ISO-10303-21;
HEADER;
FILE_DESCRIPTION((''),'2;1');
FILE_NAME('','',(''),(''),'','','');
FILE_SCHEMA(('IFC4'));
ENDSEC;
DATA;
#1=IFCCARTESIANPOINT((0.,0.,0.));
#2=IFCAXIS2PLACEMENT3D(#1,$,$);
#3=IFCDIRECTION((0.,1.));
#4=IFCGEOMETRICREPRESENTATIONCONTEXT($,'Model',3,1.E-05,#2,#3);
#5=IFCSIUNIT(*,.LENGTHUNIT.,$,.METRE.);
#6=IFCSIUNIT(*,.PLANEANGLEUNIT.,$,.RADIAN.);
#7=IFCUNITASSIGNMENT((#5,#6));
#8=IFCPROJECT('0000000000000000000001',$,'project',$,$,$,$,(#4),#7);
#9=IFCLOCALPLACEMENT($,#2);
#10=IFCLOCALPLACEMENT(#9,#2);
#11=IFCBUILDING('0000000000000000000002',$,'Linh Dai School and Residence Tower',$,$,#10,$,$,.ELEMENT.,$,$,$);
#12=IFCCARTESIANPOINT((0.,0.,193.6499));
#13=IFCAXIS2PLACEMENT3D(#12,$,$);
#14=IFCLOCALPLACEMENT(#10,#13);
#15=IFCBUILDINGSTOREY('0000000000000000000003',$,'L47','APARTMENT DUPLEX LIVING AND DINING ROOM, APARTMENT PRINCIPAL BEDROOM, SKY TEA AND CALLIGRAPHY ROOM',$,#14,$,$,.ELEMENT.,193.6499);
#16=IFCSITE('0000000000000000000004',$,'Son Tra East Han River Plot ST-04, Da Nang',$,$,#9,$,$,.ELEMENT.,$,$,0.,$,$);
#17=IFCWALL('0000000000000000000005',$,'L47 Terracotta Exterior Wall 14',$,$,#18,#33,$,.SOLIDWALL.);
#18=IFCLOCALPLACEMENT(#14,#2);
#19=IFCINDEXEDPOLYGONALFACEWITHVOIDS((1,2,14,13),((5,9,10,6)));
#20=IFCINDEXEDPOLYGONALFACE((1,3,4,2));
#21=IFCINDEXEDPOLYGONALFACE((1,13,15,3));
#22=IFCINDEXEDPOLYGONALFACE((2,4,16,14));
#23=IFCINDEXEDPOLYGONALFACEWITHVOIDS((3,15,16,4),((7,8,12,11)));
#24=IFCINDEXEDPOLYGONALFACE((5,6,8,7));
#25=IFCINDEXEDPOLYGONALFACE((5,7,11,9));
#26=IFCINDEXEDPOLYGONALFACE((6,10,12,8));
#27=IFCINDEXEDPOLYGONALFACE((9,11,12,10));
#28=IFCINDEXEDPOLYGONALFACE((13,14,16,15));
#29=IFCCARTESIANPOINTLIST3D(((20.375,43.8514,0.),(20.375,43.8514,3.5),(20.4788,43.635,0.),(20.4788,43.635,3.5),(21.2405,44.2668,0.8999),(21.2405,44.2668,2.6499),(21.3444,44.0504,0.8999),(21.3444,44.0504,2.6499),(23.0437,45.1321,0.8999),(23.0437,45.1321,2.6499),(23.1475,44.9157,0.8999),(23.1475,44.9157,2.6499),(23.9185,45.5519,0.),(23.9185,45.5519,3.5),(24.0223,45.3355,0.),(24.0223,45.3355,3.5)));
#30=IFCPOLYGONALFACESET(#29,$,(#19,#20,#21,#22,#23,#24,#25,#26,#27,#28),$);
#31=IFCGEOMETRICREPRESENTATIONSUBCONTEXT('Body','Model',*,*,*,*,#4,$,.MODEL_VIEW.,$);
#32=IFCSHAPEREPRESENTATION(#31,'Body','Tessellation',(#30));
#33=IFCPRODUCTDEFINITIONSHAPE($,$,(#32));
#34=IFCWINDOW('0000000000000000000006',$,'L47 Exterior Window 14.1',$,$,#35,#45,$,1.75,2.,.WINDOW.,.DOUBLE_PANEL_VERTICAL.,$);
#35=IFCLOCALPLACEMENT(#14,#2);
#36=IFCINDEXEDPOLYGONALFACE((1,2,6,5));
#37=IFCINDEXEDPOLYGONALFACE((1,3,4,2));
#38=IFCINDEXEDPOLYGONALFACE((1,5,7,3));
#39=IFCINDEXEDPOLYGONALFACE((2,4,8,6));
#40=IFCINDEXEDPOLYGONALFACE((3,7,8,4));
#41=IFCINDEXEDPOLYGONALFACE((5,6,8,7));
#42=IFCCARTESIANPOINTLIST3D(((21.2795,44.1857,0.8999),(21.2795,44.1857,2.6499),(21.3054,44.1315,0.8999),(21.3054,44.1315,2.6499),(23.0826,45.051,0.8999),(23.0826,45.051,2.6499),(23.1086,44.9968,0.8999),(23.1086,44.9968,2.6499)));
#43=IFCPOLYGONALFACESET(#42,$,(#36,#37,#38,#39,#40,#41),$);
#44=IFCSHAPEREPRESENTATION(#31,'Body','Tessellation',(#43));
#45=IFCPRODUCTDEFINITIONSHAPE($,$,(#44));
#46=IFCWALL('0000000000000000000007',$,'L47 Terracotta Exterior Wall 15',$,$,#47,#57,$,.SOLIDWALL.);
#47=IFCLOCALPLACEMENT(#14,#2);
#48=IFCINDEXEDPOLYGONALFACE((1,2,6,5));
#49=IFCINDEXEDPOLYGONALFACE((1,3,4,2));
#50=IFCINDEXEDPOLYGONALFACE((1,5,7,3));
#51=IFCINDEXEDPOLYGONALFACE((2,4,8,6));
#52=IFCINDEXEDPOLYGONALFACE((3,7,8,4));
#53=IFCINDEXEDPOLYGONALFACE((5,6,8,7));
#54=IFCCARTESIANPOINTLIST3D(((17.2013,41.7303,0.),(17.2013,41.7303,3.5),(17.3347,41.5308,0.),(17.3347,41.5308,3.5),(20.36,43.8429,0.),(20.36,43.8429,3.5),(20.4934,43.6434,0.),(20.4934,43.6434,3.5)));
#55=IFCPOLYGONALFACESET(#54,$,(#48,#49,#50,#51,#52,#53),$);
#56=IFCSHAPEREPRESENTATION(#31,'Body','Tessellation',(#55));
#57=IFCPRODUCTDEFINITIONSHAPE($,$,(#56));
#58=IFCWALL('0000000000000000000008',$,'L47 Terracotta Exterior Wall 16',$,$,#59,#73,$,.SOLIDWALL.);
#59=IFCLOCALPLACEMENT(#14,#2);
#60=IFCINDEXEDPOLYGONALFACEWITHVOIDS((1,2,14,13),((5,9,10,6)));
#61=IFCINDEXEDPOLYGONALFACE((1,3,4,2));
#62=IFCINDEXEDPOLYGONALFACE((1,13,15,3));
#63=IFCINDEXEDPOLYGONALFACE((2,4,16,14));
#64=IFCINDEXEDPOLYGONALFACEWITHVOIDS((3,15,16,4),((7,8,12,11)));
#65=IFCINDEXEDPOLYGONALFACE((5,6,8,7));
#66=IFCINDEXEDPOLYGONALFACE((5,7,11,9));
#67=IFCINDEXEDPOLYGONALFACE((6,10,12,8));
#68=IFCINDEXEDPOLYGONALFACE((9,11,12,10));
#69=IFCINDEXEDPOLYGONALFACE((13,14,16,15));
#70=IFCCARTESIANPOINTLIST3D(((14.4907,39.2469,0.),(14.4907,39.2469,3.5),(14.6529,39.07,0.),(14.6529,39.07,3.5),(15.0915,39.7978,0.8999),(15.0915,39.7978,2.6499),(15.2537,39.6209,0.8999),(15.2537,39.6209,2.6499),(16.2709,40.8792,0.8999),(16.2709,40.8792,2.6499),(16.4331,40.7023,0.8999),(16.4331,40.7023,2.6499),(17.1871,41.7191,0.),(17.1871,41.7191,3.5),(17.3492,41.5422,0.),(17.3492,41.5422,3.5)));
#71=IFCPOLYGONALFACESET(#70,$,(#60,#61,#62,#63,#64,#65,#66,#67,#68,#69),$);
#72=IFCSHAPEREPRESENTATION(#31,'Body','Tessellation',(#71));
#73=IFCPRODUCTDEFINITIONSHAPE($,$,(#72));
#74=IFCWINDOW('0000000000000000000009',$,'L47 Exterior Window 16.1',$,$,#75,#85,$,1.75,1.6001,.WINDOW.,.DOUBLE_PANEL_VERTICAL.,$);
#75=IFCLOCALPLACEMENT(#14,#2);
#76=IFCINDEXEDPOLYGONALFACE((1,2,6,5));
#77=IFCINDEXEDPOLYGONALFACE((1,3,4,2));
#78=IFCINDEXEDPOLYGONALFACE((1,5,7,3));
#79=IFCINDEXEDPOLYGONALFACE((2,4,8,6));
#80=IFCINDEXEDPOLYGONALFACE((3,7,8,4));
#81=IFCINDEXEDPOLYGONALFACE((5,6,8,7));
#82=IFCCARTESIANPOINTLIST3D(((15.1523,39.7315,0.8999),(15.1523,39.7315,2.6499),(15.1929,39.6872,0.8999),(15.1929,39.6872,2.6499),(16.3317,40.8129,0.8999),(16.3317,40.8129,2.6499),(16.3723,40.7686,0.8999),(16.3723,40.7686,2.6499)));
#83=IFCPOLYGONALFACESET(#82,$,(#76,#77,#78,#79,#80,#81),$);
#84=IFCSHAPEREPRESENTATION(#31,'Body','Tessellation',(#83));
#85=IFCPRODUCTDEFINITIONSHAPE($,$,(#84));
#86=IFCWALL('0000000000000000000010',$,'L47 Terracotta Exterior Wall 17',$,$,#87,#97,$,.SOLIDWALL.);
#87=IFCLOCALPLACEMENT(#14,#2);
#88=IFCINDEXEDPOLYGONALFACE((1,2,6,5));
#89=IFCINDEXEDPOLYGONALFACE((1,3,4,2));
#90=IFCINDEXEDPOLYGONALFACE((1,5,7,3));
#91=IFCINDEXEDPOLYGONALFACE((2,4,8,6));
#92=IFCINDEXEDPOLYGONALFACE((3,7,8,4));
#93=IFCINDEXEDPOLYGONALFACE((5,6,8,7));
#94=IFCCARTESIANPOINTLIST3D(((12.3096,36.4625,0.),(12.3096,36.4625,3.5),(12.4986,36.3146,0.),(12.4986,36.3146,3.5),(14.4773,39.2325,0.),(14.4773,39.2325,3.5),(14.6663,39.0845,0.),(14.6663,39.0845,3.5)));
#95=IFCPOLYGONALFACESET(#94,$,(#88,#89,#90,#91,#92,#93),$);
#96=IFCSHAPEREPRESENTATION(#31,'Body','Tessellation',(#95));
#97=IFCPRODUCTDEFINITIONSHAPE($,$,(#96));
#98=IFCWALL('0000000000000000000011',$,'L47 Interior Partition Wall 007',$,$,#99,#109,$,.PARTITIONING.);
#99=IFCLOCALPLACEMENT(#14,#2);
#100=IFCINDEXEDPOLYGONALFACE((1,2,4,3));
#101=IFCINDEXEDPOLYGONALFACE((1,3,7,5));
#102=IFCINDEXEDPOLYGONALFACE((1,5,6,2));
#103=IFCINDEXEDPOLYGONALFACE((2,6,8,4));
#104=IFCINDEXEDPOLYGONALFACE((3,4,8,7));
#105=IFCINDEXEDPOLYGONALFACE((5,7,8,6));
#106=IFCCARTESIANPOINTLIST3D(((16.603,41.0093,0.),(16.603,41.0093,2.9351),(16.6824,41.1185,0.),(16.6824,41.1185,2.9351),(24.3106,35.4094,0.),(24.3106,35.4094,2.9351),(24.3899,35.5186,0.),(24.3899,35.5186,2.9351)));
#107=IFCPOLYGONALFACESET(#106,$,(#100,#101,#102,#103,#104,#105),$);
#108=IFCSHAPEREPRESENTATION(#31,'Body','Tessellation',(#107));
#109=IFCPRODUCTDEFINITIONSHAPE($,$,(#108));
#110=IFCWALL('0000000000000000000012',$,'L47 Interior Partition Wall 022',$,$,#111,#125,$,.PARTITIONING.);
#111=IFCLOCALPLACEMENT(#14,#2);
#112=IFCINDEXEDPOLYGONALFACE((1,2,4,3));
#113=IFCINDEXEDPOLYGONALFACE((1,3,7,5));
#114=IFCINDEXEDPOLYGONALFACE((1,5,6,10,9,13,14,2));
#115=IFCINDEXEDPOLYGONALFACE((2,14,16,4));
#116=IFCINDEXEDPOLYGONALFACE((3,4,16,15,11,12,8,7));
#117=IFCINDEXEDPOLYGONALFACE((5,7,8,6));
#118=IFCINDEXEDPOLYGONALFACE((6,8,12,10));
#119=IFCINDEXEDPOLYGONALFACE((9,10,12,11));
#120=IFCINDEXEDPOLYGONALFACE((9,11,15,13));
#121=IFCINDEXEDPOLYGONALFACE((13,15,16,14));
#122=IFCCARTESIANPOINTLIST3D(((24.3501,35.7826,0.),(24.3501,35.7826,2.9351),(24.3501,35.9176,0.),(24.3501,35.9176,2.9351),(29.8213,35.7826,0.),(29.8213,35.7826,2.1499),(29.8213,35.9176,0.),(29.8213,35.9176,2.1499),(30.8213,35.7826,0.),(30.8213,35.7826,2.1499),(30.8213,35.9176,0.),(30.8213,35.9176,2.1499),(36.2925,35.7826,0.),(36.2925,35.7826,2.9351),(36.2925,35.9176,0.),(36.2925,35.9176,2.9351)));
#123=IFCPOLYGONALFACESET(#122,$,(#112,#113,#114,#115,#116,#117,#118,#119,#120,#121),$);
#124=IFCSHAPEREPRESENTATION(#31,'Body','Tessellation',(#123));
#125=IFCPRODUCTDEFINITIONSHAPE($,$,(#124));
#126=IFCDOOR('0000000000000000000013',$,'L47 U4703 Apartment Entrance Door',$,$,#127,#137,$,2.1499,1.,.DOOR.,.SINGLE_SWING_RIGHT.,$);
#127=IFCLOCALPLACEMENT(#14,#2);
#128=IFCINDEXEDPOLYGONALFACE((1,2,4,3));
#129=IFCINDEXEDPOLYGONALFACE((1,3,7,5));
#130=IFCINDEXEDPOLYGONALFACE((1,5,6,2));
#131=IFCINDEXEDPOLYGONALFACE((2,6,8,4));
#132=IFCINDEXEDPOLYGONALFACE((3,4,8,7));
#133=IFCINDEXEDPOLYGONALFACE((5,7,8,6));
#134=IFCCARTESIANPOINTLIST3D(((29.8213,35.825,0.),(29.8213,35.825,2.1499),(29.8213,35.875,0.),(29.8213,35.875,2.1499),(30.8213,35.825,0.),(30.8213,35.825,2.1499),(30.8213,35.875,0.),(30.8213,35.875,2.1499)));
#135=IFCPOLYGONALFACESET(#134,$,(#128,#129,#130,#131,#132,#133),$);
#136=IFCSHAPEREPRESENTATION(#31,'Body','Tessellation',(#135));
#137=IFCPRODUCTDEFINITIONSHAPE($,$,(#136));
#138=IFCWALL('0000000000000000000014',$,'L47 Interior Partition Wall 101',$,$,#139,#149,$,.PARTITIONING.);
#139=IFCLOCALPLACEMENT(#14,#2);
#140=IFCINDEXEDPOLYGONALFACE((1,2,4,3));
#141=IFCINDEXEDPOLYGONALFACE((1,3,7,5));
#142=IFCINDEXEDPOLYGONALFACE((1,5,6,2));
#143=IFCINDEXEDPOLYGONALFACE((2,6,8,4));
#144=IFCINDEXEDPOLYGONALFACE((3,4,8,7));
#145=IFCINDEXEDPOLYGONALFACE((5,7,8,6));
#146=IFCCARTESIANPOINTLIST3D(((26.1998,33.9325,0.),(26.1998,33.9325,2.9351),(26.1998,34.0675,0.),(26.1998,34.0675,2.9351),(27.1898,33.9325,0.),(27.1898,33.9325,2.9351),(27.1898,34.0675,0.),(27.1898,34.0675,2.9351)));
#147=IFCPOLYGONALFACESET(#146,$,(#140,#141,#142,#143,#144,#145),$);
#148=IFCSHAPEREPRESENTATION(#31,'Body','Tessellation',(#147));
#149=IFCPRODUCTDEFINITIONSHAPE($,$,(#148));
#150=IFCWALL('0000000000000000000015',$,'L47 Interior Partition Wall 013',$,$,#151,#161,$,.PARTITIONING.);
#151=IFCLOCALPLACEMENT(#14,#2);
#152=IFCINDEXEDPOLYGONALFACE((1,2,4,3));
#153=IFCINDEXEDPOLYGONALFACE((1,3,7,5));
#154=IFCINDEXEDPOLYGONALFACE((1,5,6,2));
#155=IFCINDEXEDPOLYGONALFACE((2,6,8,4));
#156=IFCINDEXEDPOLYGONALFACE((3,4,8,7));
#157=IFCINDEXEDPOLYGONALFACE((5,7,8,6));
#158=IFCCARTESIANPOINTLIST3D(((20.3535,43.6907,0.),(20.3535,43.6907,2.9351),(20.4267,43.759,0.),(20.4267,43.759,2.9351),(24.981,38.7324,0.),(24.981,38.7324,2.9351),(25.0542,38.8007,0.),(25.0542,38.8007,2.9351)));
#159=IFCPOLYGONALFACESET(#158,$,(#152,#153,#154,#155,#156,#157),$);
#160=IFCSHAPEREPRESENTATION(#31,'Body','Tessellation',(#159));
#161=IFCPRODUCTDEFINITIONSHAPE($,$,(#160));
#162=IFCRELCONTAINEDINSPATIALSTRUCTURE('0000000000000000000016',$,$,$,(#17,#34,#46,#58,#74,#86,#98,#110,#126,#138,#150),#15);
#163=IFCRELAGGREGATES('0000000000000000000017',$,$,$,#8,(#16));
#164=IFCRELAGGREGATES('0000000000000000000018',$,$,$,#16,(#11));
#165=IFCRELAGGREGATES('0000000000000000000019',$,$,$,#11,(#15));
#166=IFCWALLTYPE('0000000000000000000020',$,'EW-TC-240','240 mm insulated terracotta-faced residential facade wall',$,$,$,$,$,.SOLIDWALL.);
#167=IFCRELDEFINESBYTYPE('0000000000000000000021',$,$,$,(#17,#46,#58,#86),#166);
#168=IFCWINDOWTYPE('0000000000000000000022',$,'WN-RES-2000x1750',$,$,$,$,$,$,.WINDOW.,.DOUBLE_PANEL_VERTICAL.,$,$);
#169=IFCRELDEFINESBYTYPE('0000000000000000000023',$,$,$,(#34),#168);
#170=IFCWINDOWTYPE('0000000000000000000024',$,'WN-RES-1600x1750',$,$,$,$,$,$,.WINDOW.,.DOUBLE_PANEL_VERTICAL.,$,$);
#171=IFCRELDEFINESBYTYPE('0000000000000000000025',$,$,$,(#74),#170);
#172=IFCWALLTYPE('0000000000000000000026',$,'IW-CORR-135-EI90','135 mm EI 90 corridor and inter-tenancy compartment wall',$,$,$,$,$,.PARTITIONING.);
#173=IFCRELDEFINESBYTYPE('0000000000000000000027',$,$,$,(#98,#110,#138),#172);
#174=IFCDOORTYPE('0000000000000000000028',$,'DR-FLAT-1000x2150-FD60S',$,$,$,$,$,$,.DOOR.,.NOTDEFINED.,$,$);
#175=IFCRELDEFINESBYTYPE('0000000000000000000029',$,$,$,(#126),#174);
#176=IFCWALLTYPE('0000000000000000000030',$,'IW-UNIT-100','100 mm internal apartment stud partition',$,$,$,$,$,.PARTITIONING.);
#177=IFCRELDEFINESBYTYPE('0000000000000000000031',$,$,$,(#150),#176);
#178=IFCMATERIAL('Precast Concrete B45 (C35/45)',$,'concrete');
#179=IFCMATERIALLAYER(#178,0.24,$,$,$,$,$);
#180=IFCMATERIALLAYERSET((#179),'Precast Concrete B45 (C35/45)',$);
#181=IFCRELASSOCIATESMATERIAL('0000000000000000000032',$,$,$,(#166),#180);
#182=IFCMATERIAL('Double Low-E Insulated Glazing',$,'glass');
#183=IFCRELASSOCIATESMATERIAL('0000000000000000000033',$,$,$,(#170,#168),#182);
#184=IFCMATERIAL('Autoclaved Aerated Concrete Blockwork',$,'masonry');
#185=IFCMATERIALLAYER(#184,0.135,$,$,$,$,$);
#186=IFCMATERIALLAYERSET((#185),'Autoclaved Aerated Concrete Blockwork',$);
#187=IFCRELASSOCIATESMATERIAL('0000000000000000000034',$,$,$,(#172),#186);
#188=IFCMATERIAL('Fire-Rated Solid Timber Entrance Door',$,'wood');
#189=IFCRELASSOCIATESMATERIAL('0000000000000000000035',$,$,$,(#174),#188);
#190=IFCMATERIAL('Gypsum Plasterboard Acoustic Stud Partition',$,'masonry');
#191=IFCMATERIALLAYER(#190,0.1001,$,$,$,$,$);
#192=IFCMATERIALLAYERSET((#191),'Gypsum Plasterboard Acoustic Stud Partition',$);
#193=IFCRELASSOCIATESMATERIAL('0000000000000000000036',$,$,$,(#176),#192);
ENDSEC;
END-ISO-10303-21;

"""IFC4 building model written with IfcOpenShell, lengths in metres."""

from ifc_helpers import new_model, si_unit, direction, frame, frame_2d, origin, origin_2d, place, context, subcontext, project, spatial, rectangle, extrude, source, transform, mapped, material, layer, layer_set, type_object, element, fill, save


model = new_model("IFC4")

# Units and contexts
model_context = context("Model", 3, precision=1e-05, world=origin(), true_north=direction((0.0, 1.0)))
body_context = subcontext(model_context, "Body", "Model", "MODEL_VIEW")
ifc_project = project(units=[si_unit("LENGTHUNIT", "METRE"), si_unit("PLANEANGLEUNIT", "RADIAN")], contexts=[model_context])

# Site, building, storey
site_placement = place(None, origin())
site = spatial("IfcSite", under=ifc_project, at=site_placement, Name="Son Tra East Han River Plot ST-04, Da Nang", CompositionType="ELEMENT", RefElevation=0.0)
building_placement = place(site_placement, origin())
building = spatial("IfcBuilding", under=site, at=building_placement, Name="Linh Dai School and Residence Tower", CompositionType="ELEMENT")
storey_placement = place(building_placement, frame((0.0, 0.0, 193.6499)))
storey = spatial("IfcBuildingStorey", under=building, at=storey_placement, Name="L47", Description="APARTMENT DUPLEX LIVING AND DINING ROOM, APARTMENT PRINCIPAL BEDROOM, SKY TEA AND CALLIGRAPHY ROOM", CompositionType="ELEMENT", Elevation=193.6499)

# Shared definitions
ifc_material_1 = material(Name="Precast Concrete B45 (C35/45)", Category="concrete")

# Wall, opening, window
ifc_layer_1 = layer(ifc_material_1, 0.24)
ifc_layer_set_1 = layer_set([ifc_layer_1], Name="Precast Concrete B45 (C35/45)")
wall_type_1 = type_object("IfcWallType", Name="EW-TC-240", Description="240 mm insulated terracotta-faced residential facade wall", PredefinedType="SOLIDWALL", material=ifc_layer_set_1)
ifc_material_2 = material(Name="Double Low-E Insulated Glazing", Category="glass")
window_type_1 = type_object("IfcWindowType", Name="WN-RES-1600x1750", PartitioningType="DOUBLE_PANEL_VERTICAL", PredefinedType="WINDOW", material=ifc_material_2)
shared_shape_1 = source(origin(), body_context, "Body", "SweptSolid", [
    extrude(rectangle(XDim=1.6001, YDim=1.75, at=origin_2d()), frame((0.8, 0.03, 0.875), z_axis=(0.0, -1.0, 0.0), x_axis=(1.0, 0.0, 0.0)), (0.0, 0.0, 1.0), 0.0601),
])
wall_1_placement = place(storey_placement, frame((20.4268, 43.7432, 0.0), z_axis=(0.0, 0.0, 1.0), x_axis=(0.901565, 0.432644, 0.0)))
wall_1 = element("IfcWall", 1, at=wall_1_placement, inside=storey, type_object=wall_type_1, Name="L47 Terracotta Exterior Wall 14", PredefinedType="SOLIDWALL", context=body_context, shape_type="SweptSolid", body=[
    extrude(rectangle(XDim=3.9304, YDim=0.24, at=frame_2d((1.9653, 0.0))), origin(), (0.0, 0.0, 1.0), 3.5),
])
opening_1_placement = place(wall_1_placement, frame((0.9602, 0.0, 0.8999)))
opening_1 = element("IfcOpeningElement", 2, at=opening_1_placement, cuts=wall_1, PredefinedType="OPENING", context=body_context, shape_type="SweptSolid", body=[
    extrude(rectangle(XDim=2.0, YDim=1.75, at=origin_2d()), frame((1.0, 0.1299, 0.875), z_axis=(0.0, -1.0, 0.0), x_axis=(1.0, 0.0, 0.0)), (0.0, 0.0, 1.0), 0.26),
])
window_type_2 = type_object("IfcWindowType", Name="WN-RES-2000x1750", PartitioningType="DOUBLE_PANEL_VERTICAL", PredefinedType="WINDOW", material=ifc_material_2)
shared_shape_2 = source(origin(), body_context, "Body", "SweptSolid", [
    extrude(rectangle(XDim=2.0, YDim=1.75, at=origin_2d()), frame((1.0, 0.03, 0.875), z_axis=(0.0, -1.0, 0.0), x_axis=(1.0, 0.0, 0.0)), (0.0, 0.0, 1.0), 0.0601),
])
window_1_placement = place(opening_1_placement, origin())
window_1 = element("IfcWindow", 3, at=window_1_placement, inside=storey, type_object=window_type_2, Name="L47 Exterior Window 14.1", OverallHeight=1.75, OverallWidth=2.0, PartitioningType="DOUBLE_PANEL_VERTICAL", PredefinedType="WINDOW", context=body_context, shape_type="MappedRepresentation", body=[
    mapped(shared_shape_2, transform((0.0, 0.0, 0.0), x_axis=(1.0, 0.0, 0.0), y_axis=(0.0, 1.0, 0.0), z_axis=(0.0, 0.0, 1.0), scale=1.0)),
])
fill(opening_1, window_1)

# Wall
wall_2_placement = place(storey_placement, frame((17.2681, 41.6306, 0.0), z_axis=(0.0, 0.0, 1.0), x_axis=(0.831229, 0.55593, 0.0)))
element("IfcWall", 4, at=wall_2_placement, inside=storey, type_object=wall_type_1, Name="L47 Terracotta Exterior Wall 15", PredefinedType="SOLIDWALL", context=body_context, shape_type="SweptSolid", body=[
    extrude(rectangle(XDim=3.8, YDim=0.24, at=frame_2d((1.8999, 0.0))), origin(), (0.0, 0.0, 1.0), 3.5),
])

# Wall, opening, window
wall_3_placement = place(storey_placement, frame((14.5718, 39.1584, 0.0), z_axis=(0.0, 0.0, 1.0), x_axis=(0.737077, 0.675809, 0.0)))
wall_3 = element("IfcWall", 5, at=wall_3_placement, inside=storey, type_object=wall_type_1, Name="L47 Terracotta Exterior Wall 16", PredefinedType="SOLIDWALL", context=body_context, shape_type="SweptSolid", body=[
    extrude(rectangle(XDim=3.6582, YDim=0.24, at=frame_2d((1.8291, 0.0))), origin(), (0.0, 0.0, 1.0), 3.5),
])
opening_2_placement = place(wall_3_placement, frame((0.8152, 0.0, 0.8999)))
opening_2 = element("IfcOpeningElement", 6, at=opening_2_placement, cuts=wall_3, PredefinedType="OPENING", context=body_context, shape_type="SweptSolid", body=[
    extrude(rectangle(XDim=1.6001, YDim=1.75, at=origin_2d()), frame((0.8, 0.1299, 0.875), z_axis=(0.0, -1.0, 0.0), x_axis=(1.0, 0.0, 0.0)), (0.0, 0.0, 1.0), 0.26),
])
window_2_placement = place(opening_2_placement, origin())
window_2 = element("IfcWindow", 7, at=window_2_placement, inside=storey, type_object=window_type_1, Name="L47 Exterior Window 16.1", OverallHeight=1.75, OverallWidth=1.6001, PartitioningType="DOUBLE_PANEL_VERTICAL", PredefinedType="WINDOW", context=body_context, shape_type="MappedRepresentation", body=[
    mapped(shared_shape_1, transform((0.0, 0.0, 0.0), x_axis=(1.0, 0.0, 0.0), y_axis=(0.0, 1.0, 0.0), z_axis=(0.0, 0.0, 1.0), scale=1.0)),
])
fill(opening_2, window_2)

# Walls
wall_4_placement = place(storey_placement, frame((12.4041, 36.3884, 0.0), z_axis=(0.0, 0.0, 1.0), x_axis=(0.616288, 0.787521, 0.0)))
element("IfcWall", 8, at=wall_4_placement, inside=storey, type_object=wall_type_1, Name="L47 Terracotta Exterior Wall 17", PredefinedType="SOLIDWALL", context=body_context, shape_type="SweptSolid", body=[
    extrude(rectangle(XDim=3.5173, YDim=0.24, at=frame_2d((1.7588, 0.0))), origin(), (0.0, 0.0, 1.0), 3.5),
])
ifc_material_3 = material(Name="Autoclaved Aerated Concrete Blockwork", Category="masonry")
ifc_layer_2 = layer(ifc_material_3, 0.135)
ifc_layer_set_2 = layer_set([ifc_layer_2], Name="Autoclaved Aerated Concrete Blockwork")
wall_type_2 = type_object("IfcWallType", Name="IW-CORR-135-EI90", Description="135 mm EI 90 corridor and inter-tenancy compartment wall", PredefinedType="PARTITIONING", material=ifc_layer_set_2)
wall_5_placement = place(storey_placement, frame((16.6426, 41.064, 0.0), z_axis=(0.0, 0.0, 1.0), x_axis=(0.809016, -0.587786, 0.0)))
element("IfcWall", 9, at=wall_5_placement, inside=storey, type_object=wall_type_2, Name="L47 Interior Partition Wall 007", PredefinedType="PARTITIONING", context=body_context, shape_type="SweptSolid", body=[
    extrude(rectangle(XDim=9.5271, YDim=0.135, at=frame_2d((4.7637, 0.0))), origin(), (0.0, 0.0, 1.0), 2.9351),
])

# Wall, opening, door
wall_6_placement = place(storey_placement, frame((24.3501, 35.8501, 0.0), z_axis=(0.0, 0.0, 1.0), x_axis=(1.0, 0.0, 0.0)))
wall_6 = element("IfcWall", 10, at=wall_6_placement, inside=storey, type_object=wall_type_2, Name="L47 Interior Partition Wall 022", PredefinedType="PARTITIONING", context=body_context, shape_type="SweptSolid", body=[
    extrude(rectangle(XDim=11.9424, YDim=0.135, at=frame_2d((5.9712, 0.0))), origin(), (0.0, 0.0, 1.0), 2.9351),
])
opening_3_placement = place(wall_6_placement, frame((5.4712, 0.0, 0.0)))
opening_3 = element("IfcOpeningElement", 11, at=opening_3_placement, cuts=wall_6, PredefinedType="OPENING", context=body_context, shape_type="SweptSolid", body=[
    extrude(rectangle(XDim=1.0, YDim=2.1499, at=origin_2d()), frame((0.5, 0.0776, 1.075), z_axis=(0.0, -1.0, 0.0), x_axis=(1.0, 0.0, 0.0)), (0.0, 0.0, 1.0), 0.155),
])
ifc_material_4 = material(Name="Fire-Rated Solid Timber Entrance Door", Category="wood")
door_type_1 = type_object("IfcDoorType", Name="DR-FLAT-1000x2150-FD60S", OperationType="NOTDEFINED", PredefinedType="DOOR", material=ifc_material_4)
shared_shape_3 = source(origin(), body_context, "Body", "SweptSolid", [
    extrude(rectangle(XDim=1.0, YDim=2.1499, at=origin_2d()), frame((0.5, 0.0249, 1.075), z_axis=(0.0, -1.0, 0.0), x_axis=(1.0, 0.0, 0.0)), (0.0, 0.0, 1.0), 0.05),
])
door_1_placement = place(opening_3_placement, origin())
door_1 = element("IfcDoor", 12, at=door_1_placement, inside=storey, type_object=door_type_1, Name="L47 U4703 Apartment Entrance Door", OperationType="SINGLE_SWING_RIGHT", OverallHeight=2.1499, OverallWidth=1.0, PredefinedType="DOOR", context=body_context, shape_type="MappedRepresentation", body=[
    mapped(shared_shape_3, transform((0.0, 0.0, 0.0), x_axis=(1.0, 0.0, 0.0), y_axis=(0.0, 1.0, 0.0), z_axis=(0.0, 0.0, 1.0), scale=1.0)),
])
fill(opening_3, door_1)

# Walls
wall_7_placement = place(storey_placement, frame((27.1899, 34.0, 0.0), z_axis=(0.0, 0.0, 1.0), x_axis=(-1.0, 0.0, 0.0)))
element("IfcWall", 13, at=wall_7_placement, inside=storey, type_object=wall_type_2, Name="L47 Interior Partition Wall 101", PredefinedType="PARTITIONING", context=body_context, shape_type="SweptSolid", body=[
    extrude(rectangle(XDim=0.99, YDim=0.135, at=frame_2d((0.4951, 0.0))), origin(), (0.0, 0.0, 1.0), 2.9351),
])
ifc_material_5 = material(Name="Gypsum Plasterboard Acoustic Stud Partition", Category="masonry")
ifc_layer_3 = layer(ifc_material_5, 0.1001)
ifc_layer_set_3 = layer_set([ifc_layer_3], Name="Gypsum Plasterboard Acoustic Stud Partition")
wall_type_3 = type_object("IfcWallType", Name="IW-UNIT-100", Description="100 mm internal apartment stud partition", PredefinedType="PARTITIONING", material=ifc_layer_set_3)
wall_8_placement = place(storey_placement, frame((20.3901, 43.7249, 0.0), z_axis=(0.0, 0.0, 1.0), x_axis=(0.682298, -0.731074, 0.0)))
element("IfcWall", 14, at=wall_8_placement, inside=storey, type_object=wall_type_3, Name="L47 Interior Partition Wall 013", PredefinedType="PARTITIONING", context=body_context, shape_type="SweptSolid", body=[
    extrude(rectangle(XDim=6.7822, YDim=0.1001, at=frame_2d((3.3911, 0.0))), origin(), (0.0, 0.0, 1.0), 2.9351),
])

save(model, "model.ifc")
